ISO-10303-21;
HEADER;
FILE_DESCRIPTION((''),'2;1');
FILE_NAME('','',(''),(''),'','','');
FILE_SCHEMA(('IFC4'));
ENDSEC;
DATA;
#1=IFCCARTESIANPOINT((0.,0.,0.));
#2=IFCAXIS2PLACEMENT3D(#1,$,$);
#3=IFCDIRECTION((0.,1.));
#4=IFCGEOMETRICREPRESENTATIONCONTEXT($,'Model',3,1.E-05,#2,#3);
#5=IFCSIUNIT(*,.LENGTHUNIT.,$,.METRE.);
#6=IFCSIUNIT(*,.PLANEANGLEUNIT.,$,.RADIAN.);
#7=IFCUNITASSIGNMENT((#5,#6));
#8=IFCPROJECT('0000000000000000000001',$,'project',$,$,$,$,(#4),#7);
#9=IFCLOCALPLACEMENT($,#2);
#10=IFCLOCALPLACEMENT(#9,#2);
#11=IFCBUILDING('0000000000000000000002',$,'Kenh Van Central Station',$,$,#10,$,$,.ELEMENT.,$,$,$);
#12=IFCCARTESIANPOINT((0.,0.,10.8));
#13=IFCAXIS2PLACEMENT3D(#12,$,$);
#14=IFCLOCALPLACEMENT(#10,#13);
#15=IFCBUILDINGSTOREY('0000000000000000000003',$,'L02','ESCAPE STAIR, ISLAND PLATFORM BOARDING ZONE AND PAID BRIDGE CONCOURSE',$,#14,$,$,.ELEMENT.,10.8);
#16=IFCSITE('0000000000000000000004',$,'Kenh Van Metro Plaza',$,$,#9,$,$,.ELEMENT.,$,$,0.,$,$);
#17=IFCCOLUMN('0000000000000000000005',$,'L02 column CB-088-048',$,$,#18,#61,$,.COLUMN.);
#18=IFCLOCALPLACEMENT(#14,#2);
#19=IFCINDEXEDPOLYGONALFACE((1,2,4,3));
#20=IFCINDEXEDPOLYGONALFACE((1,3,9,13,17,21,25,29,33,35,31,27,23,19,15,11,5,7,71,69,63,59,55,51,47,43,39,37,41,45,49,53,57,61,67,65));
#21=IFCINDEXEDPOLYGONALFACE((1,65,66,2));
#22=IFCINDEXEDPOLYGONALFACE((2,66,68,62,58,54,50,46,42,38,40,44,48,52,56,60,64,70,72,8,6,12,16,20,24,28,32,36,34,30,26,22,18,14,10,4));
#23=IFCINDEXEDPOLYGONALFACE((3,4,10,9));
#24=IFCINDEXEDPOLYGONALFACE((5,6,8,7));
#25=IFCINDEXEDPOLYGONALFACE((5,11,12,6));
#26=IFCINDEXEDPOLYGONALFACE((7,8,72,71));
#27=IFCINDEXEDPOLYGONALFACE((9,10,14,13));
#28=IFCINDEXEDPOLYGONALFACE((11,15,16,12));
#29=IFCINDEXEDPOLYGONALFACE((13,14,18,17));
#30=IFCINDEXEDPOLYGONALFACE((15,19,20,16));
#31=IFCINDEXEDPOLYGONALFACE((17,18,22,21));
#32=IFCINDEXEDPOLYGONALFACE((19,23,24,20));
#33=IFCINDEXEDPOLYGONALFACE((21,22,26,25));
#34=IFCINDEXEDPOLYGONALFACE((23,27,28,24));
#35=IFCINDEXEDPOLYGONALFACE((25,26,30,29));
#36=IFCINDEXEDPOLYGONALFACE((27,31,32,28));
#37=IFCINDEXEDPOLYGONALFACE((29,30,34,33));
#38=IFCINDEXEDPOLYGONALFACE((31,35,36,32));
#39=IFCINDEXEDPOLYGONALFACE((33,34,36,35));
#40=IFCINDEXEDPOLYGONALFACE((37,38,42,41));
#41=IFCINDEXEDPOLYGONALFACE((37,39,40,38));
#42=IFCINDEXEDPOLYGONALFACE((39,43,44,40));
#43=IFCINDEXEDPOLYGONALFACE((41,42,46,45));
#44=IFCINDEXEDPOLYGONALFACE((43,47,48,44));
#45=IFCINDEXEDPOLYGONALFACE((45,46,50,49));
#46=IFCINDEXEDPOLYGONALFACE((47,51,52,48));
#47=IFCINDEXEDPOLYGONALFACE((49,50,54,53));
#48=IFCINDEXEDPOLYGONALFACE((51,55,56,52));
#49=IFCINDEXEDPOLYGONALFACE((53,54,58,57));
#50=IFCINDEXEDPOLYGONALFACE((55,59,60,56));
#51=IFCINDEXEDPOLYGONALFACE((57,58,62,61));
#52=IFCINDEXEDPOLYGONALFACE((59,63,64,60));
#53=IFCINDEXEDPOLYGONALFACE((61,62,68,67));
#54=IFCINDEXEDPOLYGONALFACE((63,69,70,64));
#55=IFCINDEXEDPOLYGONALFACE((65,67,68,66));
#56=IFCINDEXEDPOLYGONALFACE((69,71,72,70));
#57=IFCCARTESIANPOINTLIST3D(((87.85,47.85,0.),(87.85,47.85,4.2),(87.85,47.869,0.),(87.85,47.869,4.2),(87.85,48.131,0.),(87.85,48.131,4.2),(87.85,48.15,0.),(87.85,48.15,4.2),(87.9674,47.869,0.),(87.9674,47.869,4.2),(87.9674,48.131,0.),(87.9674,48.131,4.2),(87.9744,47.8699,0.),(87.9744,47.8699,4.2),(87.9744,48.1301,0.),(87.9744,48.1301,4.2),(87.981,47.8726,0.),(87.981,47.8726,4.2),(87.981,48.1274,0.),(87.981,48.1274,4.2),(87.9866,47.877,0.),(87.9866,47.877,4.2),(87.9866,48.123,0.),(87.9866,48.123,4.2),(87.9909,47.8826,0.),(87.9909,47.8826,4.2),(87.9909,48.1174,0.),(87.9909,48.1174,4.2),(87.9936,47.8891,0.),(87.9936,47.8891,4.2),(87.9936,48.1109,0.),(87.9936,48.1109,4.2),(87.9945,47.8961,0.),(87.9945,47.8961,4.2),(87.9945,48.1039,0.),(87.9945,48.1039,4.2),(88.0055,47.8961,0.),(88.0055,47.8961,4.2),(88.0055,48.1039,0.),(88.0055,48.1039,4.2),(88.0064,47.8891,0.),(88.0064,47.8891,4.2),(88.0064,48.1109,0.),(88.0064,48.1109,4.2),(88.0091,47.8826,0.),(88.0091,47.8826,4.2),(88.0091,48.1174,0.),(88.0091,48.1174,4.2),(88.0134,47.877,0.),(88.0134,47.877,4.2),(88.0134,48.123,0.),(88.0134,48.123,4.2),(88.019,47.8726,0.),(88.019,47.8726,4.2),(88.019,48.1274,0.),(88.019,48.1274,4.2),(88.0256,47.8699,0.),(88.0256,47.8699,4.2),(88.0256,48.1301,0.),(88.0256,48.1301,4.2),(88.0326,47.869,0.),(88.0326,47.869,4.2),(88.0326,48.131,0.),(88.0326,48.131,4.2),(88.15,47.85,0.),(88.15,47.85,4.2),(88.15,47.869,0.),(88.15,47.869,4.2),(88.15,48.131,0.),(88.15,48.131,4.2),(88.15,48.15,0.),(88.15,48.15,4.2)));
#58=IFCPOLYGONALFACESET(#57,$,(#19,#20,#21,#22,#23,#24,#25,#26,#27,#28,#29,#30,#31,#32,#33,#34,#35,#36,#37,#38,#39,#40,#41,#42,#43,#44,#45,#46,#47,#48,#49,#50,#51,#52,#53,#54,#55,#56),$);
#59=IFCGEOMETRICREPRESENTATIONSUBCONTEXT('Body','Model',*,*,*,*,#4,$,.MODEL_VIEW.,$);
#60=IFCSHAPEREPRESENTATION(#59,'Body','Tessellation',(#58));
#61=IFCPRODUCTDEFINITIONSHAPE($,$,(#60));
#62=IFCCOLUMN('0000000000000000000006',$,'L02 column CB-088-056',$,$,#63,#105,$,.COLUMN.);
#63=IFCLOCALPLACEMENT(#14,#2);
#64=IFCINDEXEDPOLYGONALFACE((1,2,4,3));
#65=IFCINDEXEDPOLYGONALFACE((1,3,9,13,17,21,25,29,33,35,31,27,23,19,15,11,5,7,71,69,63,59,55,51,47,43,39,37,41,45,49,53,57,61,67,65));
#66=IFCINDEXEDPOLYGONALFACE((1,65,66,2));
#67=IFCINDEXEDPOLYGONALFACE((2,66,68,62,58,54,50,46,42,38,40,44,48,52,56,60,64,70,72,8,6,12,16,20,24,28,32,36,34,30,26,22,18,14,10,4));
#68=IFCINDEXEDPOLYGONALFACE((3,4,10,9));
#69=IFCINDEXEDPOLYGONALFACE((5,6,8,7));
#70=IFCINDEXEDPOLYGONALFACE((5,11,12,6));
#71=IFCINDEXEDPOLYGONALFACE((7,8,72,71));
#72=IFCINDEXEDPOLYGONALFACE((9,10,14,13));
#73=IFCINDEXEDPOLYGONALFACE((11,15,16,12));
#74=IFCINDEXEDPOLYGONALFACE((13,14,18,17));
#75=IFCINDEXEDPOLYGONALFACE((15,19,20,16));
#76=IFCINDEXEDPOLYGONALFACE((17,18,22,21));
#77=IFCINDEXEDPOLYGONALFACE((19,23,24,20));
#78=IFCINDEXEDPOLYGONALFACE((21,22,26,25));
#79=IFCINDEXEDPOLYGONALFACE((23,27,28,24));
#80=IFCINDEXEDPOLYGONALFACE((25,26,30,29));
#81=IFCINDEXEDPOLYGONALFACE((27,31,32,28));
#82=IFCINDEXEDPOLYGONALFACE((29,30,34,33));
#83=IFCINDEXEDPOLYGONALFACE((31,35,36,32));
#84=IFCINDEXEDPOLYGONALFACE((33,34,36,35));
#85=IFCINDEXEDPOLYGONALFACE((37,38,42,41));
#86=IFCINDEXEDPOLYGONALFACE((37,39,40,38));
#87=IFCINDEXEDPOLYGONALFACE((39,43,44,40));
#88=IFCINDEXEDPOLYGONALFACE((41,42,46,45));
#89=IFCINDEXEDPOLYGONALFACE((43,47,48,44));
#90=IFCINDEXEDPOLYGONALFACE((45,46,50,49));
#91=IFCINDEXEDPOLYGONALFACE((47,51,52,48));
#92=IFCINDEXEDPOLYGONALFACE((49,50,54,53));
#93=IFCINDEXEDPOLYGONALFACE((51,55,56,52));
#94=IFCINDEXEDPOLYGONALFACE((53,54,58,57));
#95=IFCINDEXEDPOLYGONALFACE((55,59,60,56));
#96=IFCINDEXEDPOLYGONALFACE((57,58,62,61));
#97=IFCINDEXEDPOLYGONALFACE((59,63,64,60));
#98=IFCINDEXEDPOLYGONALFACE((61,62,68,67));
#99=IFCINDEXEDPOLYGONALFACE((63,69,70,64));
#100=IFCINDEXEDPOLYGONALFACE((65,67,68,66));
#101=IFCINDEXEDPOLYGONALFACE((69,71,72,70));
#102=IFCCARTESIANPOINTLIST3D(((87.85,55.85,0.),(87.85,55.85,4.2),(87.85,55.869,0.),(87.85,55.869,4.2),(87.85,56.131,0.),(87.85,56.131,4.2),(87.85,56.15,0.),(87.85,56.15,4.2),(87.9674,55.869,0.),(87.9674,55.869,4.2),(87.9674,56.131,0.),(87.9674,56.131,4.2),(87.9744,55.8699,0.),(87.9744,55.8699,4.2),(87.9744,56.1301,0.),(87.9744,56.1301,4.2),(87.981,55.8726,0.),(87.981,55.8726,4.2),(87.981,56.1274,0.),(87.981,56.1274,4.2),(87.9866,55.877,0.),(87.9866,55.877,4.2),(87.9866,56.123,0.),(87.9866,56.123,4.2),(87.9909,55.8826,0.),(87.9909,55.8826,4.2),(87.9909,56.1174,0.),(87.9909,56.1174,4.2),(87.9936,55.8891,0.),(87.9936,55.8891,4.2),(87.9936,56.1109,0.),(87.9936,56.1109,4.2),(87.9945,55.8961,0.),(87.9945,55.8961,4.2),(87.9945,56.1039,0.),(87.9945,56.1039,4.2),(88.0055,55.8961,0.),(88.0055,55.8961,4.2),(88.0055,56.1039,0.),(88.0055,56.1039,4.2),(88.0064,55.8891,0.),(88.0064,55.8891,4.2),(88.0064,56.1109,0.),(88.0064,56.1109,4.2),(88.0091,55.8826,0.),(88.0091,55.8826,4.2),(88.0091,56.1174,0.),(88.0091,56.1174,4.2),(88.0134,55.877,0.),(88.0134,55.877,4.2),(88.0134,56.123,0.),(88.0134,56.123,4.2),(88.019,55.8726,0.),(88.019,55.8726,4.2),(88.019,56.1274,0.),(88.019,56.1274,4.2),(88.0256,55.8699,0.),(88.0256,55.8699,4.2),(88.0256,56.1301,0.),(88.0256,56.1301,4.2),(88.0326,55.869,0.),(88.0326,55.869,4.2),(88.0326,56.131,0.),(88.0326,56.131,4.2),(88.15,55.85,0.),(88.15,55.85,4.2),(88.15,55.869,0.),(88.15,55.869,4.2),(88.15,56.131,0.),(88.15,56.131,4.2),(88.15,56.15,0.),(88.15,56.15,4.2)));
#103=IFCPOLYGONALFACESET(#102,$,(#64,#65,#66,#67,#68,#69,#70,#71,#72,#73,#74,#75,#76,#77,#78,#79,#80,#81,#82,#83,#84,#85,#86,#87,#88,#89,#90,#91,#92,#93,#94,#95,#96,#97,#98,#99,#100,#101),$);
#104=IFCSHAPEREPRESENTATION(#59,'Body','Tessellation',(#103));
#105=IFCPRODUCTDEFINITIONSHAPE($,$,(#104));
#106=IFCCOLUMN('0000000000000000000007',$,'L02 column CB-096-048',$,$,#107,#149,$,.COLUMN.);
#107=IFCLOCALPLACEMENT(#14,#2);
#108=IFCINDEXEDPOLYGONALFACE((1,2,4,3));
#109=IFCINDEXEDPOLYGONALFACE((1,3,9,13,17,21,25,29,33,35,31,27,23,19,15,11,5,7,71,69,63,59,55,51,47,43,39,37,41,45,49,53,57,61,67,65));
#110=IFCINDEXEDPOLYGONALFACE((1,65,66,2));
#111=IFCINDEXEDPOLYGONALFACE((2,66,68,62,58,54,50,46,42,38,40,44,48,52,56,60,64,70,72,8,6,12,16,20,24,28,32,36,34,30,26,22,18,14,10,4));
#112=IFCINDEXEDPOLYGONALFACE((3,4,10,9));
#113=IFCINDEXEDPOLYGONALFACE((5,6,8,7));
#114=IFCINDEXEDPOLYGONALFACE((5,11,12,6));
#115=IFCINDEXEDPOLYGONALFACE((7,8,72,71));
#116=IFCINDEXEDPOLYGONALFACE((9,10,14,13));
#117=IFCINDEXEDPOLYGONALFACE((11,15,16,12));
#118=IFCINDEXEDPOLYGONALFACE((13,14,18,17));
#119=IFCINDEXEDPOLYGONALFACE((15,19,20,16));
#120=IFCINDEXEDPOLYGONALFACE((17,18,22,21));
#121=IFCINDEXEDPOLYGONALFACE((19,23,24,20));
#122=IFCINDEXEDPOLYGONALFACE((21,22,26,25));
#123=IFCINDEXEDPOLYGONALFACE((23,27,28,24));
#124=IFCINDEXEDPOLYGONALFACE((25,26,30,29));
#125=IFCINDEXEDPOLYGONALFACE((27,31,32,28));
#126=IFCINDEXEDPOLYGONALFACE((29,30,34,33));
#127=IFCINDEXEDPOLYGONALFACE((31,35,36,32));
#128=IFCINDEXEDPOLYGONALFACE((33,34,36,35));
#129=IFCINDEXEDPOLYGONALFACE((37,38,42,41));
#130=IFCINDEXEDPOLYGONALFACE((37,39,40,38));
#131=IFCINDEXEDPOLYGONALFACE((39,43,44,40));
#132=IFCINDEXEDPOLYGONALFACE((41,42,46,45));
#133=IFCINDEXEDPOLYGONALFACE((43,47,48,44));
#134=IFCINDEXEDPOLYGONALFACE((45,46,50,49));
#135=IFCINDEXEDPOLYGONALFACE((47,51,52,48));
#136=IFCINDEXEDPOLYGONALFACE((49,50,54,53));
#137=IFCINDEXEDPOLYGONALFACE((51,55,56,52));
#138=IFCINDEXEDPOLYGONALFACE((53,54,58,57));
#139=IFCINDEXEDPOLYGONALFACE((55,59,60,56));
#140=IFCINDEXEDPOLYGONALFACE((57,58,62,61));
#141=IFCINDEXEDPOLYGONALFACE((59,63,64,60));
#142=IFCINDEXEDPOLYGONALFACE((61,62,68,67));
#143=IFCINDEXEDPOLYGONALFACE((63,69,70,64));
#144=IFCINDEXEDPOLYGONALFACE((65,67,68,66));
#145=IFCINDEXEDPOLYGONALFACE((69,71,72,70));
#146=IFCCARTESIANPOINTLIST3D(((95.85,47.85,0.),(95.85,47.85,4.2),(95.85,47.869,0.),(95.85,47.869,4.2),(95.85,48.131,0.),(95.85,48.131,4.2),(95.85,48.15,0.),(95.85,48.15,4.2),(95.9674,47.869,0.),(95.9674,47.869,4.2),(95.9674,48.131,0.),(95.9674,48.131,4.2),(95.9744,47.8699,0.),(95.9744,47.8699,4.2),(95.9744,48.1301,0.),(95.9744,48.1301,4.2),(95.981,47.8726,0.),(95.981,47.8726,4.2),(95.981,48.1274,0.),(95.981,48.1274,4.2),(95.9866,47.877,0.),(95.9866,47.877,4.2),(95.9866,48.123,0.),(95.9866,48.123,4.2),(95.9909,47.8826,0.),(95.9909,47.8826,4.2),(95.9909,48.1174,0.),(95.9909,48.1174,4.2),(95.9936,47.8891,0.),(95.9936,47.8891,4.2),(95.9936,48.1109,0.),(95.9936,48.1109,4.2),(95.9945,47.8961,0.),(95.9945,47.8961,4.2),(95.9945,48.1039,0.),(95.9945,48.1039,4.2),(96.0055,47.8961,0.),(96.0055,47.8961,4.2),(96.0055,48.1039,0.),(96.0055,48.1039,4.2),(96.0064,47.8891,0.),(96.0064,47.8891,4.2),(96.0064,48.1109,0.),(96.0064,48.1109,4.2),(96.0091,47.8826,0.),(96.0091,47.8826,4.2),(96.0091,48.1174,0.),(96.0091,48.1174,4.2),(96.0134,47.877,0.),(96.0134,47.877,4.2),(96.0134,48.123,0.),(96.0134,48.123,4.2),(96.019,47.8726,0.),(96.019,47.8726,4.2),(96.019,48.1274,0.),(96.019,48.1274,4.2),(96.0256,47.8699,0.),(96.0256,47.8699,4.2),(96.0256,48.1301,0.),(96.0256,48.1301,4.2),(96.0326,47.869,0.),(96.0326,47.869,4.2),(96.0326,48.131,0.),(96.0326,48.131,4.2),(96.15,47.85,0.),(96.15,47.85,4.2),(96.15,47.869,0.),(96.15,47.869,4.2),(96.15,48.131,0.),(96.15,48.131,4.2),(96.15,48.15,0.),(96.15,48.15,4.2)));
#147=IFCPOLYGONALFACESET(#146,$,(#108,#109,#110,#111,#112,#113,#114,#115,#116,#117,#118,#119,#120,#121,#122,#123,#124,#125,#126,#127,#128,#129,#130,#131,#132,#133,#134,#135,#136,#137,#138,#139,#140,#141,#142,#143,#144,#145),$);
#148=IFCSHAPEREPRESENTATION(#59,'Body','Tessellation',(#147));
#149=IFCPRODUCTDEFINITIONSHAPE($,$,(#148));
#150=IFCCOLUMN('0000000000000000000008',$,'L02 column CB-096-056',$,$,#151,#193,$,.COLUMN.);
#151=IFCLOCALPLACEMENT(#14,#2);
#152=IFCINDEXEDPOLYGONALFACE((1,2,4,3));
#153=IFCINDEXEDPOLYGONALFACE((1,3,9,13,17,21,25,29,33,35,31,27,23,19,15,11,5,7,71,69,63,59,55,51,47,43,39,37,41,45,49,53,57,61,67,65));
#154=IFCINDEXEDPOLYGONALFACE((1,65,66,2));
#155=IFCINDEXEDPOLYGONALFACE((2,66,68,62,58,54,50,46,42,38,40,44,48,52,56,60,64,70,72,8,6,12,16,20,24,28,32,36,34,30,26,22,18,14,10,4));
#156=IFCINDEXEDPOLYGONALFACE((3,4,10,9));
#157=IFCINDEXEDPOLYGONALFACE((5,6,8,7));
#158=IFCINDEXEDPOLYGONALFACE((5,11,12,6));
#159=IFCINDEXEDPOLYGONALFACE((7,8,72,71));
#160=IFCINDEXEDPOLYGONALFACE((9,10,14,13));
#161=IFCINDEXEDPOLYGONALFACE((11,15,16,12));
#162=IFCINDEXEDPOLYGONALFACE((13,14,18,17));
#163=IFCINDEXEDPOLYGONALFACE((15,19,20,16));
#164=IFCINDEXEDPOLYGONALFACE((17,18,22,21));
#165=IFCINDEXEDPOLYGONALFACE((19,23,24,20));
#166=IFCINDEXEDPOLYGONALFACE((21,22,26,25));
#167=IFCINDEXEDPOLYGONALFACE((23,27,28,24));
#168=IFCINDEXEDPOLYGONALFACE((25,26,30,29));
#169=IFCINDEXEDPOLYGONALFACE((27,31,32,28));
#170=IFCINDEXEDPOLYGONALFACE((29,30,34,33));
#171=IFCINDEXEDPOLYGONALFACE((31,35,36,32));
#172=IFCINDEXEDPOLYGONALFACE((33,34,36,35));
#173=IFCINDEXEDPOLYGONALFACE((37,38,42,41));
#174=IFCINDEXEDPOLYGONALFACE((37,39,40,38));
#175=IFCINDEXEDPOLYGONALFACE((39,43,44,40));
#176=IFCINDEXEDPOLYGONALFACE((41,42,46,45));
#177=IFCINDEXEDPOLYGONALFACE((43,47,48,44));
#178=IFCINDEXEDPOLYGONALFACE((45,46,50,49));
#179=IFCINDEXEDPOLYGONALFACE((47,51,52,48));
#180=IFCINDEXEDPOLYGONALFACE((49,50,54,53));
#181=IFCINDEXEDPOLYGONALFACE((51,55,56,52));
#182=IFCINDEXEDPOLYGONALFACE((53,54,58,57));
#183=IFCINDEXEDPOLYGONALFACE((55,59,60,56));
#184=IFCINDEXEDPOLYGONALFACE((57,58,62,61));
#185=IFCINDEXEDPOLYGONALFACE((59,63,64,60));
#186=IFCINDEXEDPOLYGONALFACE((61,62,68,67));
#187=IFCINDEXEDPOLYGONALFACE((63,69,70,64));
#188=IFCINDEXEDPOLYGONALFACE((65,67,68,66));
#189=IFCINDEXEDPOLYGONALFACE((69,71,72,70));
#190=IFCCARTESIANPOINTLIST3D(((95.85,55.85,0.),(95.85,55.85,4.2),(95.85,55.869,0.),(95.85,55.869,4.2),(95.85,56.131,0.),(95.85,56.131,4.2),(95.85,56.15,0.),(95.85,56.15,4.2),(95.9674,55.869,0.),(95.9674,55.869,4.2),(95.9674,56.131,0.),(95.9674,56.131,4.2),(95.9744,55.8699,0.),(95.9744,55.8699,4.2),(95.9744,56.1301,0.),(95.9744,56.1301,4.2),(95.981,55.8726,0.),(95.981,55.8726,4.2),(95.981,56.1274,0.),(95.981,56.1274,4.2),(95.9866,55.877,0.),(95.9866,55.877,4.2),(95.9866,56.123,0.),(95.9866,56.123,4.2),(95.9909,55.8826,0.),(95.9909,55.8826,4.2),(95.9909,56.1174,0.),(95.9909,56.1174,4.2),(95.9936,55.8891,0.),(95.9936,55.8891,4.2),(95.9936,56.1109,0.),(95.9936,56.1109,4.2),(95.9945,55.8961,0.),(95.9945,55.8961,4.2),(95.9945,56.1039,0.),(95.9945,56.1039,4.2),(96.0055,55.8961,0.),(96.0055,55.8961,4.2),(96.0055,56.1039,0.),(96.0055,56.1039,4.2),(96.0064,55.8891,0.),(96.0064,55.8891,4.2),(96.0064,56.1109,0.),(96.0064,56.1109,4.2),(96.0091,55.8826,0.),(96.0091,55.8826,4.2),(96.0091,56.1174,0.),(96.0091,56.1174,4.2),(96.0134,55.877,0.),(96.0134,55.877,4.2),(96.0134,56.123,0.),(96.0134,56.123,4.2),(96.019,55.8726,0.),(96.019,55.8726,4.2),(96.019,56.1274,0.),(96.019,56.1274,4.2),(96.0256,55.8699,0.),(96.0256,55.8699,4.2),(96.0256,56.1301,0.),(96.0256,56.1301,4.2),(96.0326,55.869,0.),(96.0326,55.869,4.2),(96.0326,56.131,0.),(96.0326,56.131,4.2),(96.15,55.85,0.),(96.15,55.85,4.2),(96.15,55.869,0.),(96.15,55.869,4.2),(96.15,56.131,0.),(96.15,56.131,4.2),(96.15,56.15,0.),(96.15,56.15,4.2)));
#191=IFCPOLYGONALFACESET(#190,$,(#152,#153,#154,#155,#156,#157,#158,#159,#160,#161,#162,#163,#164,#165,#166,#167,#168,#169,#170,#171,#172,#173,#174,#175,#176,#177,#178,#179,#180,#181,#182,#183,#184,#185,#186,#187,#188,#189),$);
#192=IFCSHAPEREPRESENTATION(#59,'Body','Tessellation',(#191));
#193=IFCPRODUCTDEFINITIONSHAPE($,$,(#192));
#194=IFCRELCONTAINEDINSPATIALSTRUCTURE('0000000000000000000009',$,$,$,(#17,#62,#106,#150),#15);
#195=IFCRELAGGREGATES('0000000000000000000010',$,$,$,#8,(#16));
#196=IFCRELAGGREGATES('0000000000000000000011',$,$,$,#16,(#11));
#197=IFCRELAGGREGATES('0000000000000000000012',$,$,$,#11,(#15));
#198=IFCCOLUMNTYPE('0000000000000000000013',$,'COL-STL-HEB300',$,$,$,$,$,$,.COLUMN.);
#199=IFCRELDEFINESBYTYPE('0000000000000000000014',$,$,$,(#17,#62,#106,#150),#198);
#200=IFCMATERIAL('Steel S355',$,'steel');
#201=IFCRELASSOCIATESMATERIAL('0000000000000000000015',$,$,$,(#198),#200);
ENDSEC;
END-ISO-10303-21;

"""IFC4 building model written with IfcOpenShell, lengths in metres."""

from ifc_helpers import new_model, si_unit, direction, frame, origin, origin_2d, place, context, subcontext, project, spatial, i_section, extrude, material, material_profile, profile_set, type_object, element, save


model = new_model("IFC4")

# Units and contexts
model_context = context("Model", 3, precision=1e-05, world=origin(), true_north=direction((0.0, 1.0)))
body_context = subcontext(model_context, "Body", "Model", "MODEL_VIEW")
ifc_project = project(units=[si_unit("LENGTHUNIT", "METRE"), si_unit("PLANEANGLEUNIT", "RADIAN")], contexts=[model_context])

# Site, building, storey
site_placement = place(None, origin())
site = spatial("IfcSite", under=ifc_project, at=site_placement, Name="Kenh Van Metro Plaza", CompositionType="ELEMENT", RefElevation=0.0)
building_placement = place(site_placement, origin())
building = spatial("IfcBuilding", under=site, at=building_placement, Name="Kenh Van Central Station", CompositionType="ELEMENT")
storey_placement = place(building_placement, frame((0.0, 0.0, 10.8)))
storey = spatial("IfcBuildingStorey", under=building, at=storey_placement, Name="L02", Description="ESCAPE STAIR, ISLAND PLATFORM BOARDING ZONE AND PAID BRIDGE CONCOURSE", CompositionType="ELEMENT", Elevation=10.8)

# Columns
ifc_material_1 = material(Name="Steel S355", Category="steel")
ifc_material_profile_1 = material_profile(ifc_material_1, i_section(OverallWidth=0.3, OverallDepth=0.3, WebThickness=0.011, FlangeThickness=0.019, FilletRadius=0.0271, at=origin_2d()), Name="HEB 300")
ifc_profile_set_1 = profile_set([ifc_material_profile_1], Name="Steel S355")
column_type = type_object("IfcColumnType", Name="COL-STL-HEB300", PredefinedType="COLUMN", material=ifc_profile_set_1)
for number, where, z_axis, x_axis, name in (
    (1, (88.0, 48.0, 0.0), (0.0, 0.0, 1.0), (1.0, 0.0, 0.0), "L02 column CB-088-048"),
    (2, (88.0, 56.0, 0.0), (0.0, 0.0, 1.0), (1.0, 0.0, 0.0), "L02 column CB-088-056"),
    (3, (96.0, 48.0, 0.0), (0.0, 0.0, 1.0), (1.0, 0.0, 0.0), "L02 column CB-096-048"),
    (4, (96.0, 56.0, 0.0), (0.0, 0.0, 1.0), (1.0, 0.0, 0.0), "L02 column CB-096-056"),
):
    element("IfcColumn", number, at=place(storey_placement, frame(where, z_axis=z_axis, x_axis=x_axis)), inside=storey, type_object=column_type, Name=name, PredefinedType="COLUMN", context=body_context, shape_type="SweptSolid", body=[
        extrude(i_section(OverallWidth=0.3, OverallDepth=0.3, WebThickness=0.011, FlangeThickness=0.019, FilletRadius=0.0271, at=origin_2d()), origin(), (0.0, 0.0, 1.0), 4.2),
    ])

save(model, "model.ifc")
